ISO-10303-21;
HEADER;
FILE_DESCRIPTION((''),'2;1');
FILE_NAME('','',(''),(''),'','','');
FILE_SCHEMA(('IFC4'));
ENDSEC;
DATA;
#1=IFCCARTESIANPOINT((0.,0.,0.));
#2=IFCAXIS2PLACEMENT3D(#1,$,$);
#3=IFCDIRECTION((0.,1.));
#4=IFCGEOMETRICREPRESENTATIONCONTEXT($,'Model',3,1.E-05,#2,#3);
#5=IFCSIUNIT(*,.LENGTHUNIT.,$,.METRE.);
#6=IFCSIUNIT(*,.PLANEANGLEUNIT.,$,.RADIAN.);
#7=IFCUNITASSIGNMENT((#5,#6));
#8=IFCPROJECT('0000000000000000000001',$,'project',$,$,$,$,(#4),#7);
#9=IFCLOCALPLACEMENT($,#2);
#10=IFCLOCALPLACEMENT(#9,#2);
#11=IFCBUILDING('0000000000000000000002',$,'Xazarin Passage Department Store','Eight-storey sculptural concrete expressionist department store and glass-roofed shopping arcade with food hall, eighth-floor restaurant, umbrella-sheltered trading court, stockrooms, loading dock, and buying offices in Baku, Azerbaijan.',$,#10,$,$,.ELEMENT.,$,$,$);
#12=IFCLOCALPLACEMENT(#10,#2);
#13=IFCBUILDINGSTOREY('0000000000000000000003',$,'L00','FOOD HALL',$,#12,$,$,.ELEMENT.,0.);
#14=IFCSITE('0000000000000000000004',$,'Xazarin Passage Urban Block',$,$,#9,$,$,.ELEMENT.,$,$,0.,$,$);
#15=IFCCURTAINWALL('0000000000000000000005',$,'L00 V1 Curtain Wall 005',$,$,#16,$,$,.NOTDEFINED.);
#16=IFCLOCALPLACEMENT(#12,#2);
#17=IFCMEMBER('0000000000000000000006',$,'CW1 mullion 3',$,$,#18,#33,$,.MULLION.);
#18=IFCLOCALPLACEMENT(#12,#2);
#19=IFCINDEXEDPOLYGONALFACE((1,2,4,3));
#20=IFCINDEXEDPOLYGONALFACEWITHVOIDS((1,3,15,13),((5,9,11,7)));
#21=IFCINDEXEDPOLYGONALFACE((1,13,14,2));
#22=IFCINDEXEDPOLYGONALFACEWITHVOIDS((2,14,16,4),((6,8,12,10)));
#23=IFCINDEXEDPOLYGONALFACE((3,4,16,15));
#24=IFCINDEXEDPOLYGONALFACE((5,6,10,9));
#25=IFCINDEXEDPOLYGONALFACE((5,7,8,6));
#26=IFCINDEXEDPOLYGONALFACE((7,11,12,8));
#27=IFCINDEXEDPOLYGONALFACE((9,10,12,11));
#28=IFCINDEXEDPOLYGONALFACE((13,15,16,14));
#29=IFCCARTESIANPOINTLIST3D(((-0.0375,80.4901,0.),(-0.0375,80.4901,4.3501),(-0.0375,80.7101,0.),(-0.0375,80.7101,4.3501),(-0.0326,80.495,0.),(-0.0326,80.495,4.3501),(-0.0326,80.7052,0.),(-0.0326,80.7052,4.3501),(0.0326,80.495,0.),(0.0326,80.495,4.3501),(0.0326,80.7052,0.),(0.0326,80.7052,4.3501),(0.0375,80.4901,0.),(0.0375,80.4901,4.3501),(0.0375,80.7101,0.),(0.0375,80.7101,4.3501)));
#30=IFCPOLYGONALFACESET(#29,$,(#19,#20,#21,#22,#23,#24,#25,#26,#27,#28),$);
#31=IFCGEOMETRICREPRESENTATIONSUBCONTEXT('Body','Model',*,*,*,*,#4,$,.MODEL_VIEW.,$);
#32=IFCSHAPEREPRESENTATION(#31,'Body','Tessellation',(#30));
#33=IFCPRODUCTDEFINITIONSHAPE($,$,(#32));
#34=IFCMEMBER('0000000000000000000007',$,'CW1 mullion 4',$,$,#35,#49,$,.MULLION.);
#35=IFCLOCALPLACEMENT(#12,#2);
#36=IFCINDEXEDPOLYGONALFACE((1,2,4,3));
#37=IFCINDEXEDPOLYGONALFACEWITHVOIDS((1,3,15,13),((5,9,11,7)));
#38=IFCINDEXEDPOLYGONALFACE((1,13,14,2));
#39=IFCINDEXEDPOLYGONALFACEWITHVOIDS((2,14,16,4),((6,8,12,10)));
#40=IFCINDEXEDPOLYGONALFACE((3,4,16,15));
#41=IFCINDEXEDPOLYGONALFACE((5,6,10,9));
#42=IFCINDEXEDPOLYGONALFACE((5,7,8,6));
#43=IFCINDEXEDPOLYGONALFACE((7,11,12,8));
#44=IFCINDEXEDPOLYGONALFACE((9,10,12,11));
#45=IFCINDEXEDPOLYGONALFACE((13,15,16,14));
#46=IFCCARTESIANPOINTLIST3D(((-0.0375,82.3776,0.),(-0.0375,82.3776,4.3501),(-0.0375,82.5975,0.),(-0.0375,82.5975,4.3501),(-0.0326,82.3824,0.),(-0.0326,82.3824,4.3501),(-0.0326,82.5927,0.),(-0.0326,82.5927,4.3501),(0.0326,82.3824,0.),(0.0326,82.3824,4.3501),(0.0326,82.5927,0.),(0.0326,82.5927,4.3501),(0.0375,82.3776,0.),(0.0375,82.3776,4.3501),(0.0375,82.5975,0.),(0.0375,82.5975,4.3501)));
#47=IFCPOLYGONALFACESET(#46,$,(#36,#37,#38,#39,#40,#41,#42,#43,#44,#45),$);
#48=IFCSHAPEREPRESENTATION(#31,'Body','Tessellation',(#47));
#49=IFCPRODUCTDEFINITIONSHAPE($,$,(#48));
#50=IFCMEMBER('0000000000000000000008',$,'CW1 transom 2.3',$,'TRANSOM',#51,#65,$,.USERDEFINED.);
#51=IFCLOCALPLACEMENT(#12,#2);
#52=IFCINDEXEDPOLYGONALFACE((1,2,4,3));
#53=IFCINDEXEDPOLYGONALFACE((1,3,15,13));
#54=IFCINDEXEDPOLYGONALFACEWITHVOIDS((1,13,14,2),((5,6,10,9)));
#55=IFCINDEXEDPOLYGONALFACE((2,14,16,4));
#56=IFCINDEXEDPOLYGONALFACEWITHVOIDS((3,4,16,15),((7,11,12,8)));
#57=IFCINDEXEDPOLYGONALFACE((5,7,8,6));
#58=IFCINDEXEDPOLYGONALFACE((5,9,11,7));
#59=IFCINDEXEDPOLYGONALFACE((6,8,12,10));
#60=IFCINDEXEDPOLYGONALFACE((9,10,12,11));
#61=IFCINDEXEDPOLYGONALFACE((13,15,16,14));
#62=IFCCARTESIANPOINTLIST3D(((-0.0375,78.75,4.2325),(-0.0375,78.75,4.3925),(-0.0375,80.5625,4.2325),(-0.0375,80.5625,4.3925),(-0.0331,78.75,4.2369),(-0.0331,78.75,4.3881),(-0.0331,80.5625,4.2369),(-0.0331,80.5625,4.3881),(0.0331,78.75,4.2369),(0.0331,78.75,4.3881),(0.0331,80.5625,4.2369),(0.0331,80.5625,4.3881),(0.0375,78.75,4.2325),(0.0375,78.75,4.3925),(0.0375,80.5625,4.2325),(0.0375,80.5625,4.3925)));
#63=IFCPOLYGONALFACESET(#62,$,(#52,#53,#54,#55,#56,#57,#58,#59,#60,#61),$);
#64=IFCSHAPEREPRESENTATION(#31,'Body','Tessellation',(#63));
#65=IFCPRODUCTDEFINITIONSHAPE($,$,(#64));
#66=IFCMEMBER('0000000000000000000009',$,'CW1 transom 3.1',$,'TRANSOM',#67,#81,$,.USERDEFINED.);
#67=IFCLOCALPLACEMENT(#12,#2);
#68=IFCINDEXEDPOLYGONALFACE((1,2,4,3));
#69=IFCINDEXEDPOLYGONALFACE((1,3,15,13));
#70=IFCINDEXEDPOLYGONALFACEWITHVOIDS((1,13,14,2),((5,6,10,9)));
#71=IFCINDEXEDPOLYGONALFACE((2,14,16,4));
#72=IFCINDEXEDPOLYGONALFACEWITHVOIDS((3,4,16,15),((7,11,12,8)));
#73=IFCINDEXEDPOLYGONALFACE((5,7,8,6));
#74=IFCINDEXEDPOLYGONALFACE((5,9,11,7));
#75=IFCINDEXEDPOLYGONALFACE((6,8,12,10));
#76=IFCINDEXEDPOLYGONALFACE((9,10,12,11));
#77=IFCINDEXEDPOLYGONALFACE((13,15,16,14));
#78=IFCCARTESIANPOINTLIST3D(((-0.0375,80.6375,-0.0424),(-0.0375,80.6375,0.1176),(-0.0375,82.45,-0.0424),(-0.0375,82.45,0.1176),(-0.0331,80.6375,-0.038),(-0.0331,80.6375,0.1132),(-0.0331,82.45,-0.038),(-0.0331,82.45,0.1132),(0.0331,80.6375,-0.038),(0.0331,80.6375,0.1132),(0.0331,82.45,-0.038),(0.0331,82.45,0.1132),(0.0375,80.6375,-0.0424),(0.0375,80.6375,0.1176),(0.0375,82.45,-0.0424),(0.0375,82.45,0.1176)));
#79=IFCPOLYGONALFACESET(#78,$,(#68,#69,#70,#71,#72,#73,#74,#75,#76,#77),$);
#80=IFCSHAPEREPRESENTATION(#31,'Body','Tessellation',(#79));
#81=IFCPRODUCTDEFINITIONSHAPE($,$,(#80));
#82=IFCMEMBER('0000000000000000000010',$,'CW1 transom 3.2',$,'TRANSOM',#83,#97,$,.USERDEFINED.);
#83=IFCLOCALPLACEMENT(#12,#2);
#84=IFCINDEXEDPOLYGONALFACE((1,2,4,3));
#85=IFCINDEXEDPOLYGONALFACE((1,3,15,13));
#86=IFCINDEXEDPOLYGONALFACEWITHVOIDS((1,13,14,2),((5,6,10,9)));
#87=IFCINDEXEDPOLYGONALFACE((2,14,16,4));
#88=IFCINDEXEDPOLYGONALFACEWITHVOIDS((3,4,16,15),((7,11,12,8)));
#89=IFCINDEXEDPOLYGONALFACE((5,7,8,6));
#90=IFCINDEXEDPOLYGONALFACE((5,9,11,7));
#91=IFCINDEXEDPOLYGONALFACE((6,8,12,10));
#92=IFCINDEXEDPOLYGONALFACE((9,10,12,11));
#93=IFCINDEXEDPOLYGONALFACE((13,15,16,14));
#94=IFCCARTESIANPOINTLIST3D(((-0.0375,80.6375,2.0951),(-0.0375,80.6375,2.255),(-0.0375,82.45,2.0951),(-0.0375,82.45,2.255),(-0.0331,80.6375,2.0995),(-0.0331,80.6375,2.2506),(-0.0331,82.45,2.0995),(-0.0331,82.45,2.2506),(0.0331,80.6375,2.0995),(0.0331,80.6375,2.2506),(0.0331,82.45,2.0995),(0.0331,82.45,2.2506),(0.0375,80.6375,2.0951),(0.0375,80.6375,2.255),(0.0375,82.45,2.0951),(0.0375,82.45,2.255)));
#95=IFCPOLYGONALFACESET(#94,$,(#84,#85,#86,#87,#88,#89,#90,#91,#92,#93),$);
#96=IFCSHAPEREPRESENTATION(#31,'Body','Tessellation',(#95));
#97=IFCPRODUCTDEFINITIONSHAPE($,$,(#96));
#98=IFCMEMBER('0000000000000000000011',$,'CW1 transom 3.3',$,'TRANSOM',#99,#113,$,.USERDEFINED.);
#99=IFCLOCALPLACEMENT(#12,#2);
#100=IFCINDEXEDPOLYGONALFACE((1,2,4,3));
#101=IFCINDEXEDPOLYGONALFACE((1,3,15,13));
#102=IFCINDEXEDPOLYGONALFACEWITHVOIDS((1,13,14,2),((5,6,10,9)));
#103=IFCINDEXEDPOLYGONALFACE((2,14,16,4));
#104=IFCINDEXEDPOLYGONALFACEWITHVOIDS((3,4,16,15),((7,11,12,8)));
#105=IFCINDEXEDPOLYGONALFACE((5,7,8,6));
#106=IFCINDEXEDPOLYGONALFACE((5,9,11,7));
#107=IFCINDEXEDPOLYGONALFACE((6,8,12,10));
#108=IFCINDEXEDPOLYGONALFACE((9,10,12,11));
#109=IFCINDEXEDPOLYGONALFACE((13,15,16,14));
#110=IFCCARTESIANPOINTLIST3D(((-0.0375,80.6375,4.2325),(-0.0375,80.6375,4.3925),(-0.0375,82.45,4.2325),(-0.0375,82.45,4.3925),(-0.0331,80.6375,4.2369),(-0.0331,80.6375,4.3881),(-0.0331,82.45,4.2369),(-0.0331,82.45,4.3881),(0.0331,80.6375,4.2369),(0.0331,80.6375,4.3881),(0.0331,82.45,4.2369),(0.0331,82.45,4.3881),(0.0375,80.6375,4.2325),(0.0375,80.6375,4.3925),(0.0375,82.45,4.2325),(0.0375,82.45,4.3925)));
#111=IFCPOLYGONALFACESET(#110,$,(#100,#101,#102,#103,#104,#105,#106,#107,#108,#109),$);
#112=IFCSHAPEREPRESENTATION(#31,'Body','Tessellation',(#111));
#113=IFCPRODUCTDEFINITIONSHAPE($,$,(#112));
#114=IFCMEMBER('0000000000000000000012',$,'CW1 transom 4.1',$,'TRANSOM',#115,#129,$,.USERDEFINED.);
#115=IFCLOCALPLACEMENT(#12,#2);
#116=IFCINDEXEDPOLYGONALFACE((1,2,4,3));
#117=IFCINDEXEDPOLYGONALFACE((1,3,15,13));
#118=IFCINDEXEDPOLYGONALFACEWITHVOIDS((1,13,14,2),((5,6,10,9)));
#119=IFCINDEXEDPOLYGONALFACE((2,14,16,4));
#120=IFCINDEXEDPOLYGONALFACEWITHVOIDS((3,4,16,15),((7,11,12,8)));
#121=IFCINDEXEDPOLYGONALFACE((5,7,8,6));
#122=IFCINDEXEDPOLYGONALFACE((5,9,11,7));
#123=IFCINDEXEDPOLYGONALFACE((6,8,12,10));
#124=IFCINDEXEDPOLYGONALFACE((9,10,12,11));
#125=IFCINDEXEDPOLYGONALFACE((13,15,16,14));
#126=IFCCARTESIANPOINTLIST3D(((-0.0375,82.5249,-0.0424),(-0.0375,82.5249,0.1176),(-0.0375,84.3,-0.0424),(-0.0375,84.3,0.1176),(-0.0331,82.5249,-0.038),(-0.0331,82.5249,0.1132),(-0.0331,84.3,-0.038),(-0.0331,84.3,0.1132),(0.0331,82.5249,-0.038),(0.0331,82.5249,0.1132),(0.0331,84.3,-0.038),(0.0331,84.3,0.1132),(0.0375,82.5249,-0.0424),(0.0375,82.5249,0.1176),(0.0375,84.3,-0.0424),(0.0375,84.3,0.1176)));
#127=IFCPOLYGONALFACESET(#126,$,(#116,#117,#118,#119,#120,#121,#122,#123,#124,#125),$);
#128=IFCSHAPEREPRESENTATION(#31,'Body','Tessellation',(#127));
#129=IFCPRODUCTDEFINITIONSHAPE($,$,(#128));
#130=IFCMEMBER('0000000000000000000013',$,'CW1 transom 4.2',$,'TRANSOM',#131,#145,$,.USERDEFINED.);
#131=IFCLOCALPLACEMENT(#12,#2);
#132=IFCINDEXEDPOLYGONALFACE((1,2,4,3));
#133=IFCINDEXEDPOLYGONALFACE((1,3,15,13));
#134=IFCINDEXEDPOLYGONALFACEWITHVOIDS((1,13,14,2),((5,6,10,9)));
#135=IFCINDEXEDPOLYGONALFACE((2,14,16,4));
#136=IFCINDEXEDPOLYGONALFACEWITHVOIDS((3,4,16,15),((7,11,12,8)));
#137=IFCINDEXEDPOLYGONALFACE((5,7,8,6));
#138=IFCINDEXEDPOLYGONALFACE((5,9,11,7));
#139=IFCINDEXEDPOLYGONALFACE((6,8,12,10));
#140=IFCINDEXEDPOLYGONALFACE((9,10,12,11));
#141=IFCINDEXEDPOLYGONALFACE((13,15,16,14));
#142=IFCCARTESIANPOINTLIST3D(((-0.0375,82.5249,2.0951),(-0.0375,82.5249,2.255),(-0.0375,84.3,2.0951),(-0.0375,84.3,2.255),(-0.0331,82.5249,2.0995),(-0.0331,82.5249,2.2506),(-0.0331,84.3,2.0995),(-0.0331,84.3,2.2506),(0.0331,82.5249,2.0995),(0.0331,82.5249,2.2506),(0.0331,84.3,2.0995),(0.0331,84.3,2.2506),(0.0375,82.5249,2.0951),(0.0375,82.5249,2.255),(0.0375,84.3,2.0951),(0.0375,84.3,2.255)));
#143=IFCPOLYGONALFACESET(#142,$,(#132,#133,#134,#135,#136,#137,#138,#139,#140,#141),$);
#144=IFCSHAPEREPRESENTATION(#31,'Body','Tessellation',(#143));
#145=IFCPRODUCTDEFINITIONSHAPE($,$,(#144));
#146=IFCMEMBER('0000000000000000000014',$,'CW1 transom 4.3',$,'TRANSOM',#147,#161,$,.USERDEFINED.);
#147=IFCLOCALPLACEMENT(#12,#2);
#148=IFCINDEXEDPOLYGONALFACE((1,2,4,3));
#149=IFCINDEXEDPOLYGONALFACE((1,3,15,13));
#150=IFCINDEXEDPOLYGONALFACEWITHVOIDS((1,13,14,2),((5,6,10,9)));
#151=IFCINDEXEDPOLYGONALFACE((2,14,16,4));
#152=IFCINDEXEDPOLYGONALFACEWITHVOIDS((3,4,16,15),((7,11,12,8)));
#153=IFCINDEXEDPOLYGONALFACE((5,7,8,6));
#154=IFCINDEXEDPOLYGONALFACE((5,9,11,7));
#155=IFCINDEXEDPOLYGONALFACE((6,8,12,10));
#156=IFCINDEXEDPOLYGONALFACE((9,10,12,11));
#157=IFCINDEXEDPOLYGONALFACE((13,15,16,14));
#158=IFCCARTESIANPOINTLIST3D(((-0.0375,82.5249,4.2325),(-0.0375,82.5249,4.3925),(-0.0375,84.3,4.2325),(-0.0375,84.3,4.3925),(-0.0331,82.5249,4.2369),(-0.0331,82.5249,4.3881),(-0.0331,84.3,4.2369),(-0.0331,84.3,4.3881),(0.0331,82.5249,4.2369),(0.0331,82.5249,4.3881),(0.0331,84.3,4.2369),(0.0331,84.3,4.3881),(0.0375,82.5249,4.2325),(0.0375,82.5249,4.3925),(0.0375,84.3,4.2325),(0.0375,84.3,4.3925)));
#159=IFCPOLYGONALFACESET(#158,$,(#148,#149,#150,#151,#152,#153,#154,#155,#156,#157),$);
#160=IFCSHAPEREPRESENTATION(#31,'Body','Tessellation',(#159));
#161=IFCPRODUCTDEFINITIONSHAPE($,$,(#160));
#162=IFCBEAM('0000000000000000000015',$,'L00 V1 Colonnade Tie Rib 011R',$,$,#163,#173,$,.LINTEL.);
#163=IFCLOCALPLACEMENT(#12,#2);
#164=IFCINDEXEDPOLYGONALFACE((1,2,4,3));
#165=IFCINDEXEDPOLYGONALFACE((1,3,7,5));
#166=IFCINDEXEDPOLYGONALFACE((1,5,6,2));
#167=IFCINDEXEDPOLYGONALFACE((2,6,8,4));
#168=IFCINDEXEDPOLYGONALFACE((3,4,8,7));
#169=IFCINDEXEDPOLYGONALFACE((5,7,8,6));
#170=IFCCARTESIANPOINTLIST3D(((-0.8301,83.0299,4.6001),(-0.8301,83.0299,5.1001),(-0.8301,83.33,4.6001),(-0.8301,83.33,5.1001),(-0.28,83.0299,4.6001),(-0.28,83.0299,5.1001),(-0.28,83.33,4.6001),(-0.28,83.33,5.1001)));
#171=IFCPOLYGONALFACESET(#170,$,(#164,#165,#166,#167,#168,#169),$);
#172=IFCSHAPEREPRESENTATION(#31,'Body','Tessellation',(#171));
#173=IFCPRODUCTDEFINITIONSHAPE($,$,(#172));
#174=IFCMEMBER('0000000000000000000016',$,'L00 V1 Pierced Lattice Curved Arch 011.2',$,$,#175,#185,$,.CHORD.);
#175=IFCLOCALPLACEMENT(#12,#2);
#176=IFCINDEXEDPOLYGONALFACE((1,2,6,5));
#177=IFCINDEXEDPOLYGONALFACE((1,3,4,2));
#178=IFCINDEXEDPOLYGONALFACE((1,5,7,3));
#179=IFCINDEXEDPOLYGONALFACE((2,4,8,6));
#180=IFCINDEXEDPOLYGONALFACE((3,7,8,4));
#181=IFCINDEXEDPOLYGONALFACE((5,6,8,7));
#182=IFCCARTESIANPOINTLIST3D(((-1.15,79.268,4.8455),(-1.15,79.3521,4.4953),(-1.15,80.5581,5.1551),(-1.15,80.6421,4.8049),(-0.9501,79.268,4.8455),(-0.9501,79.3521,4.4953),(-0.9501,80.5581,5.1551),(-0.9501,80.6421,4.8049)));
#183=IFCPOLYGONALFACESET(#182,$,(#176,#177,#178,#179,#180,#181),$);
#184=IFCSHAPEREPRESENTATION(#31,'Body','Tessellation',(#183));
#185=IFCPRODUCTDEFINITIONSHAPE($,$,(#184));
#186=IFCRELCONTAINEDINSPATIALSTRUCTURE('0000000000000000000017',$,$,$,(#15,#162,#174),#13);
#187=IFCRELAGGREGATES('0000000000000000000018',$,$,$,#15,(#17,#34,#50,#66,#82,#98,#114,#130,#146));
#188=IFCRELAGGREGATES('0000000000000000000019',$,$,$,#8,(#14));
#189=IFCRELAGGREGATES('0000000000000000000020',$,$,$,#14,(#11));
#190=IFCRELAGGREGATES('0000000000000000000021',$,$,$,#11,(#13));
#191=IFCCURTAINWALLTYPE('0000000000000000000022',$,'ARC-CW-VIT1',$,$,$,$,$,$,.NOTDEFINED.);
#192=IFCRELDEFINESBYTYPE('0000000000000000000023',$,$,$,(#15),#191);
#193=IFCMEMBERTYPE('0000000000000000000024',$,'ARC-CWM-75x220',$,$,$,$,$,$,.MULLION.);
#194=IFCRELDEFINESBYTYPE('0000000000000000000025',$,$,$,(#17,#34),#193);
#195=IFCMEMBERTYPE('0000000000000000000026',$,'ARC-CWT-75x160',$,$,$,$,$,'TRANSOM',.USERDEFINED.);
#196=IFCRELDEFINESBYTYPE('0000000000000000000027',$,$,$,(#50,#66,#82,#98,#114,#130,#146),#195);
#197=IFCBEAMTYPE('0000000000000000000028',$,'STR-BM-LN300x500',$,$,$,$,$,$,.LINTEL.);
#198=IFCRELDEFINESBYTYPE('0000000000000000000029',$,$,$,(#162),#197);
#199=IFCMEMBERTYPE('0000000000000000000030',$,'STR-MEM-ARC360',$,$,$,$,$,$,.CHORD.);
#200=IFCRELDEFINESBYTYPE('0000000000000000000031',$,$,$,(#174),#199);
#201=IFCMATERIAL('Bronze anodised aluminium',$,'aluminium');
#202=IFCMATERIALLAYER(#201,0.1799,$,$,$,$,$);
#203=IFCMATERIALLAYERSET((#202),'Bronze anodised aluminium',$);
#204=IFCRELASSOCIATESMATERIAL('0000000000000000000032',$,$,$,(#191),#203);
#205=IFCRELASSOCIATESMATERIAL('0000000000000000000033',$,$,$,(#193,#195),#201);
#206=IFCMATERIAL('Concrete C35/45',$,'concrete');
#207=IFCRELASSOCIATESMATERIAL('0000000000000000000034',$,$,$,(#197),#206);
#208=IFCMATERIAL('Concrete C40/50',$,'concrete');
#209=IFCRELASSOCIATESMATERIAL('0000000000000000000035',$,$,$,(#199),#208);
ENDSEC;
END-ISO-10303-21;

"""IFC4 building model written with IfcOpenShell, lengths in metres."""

from ifc_helpers import new_model, si_unit, direction, frame, origin, origin_2d, place, context, subcontext, project, spatial, rectangle, hollow_rectangle, extrude, material, layer, layer_set, material_profile, profile_set, type_object, element, aggregate, save


model = new_model("IFC4")

# Units and contexts
model_context = context("Model", 3, precision=1e-05, world=origin(), true_north=direction((0.0, 1.0)))
body_context = subcontext(model_context, "Body", "Model", "MODEL_VIEW")
ifc_project = project(units=[si_unit("LENGTHUNIT", "METRE"), si_unit("PLANEANGLEUNIT", "RADIAN")], contexts=[model_context])

# Site, building, storey
site_placement = place(None, origin())
site = spatial("IfcSite", under=ifc_project, at=site_placement, Name="Xazarin Passage Urban Block", CompositionType="ELEMENT", RefElevation=0.0)
building_placement = place(site_placement, origin())
building = spatial("IfcBuilding", under=site, at=building_placement, Name="Xazarin Passage Department Store", Description="Eight-storey sculptural concrete expressionist department store and glass-roofed shopping arcade with food hall, eighth-floor restaurant, umbrella-sheltered trading court, stockrooms, loading dock, and buying offices in Baku, Azerbaijan.", CompositionType="ELEMENT")
storey_placement = place(building_placement, origin())
storey = spatial("IfcBuildingStorey", under=building, at=storey_placement, Name="L00", Description="FOOD HALL", CompositionType="ELEMENT", Elevation=0.0)

# Shared definitions
ifc_material_1 = material(Name="Concrete C35/45", Category="concrete")

# Shared definitions
ifc_material_2 = material(Name="Concrete C40/50", Category="concrete")

# Curtain wall, members
ifc_material_3 = material(Name="Bronze anodised aluminium", Category="aluminium")
ifc_layer_1 = layer(ifc_material_3, 0.1799)
ifc_layer_set_1 = layer_set([ifc_layer_1], Name="Bronze anodised aluminium")
curtain_wall_type = type_object("IfcCurtainWallType", Name="ARC-CW-VIT1", PredefinedType="NOTDEFINED", material=ifc_layer_set_1)
curtain_wall_placement = place(storey_placement, origin())
curtain_wall = element("IfcCurtainWall", 1, at=curtain_wall_placement, inside=storey, type_object=curtain_wall_type, Name="L00 V1 Curtain Wall 005", PredefinedType="NOTDEFINED")
ifc_material_profile_1 = material_profile(ifc_material_3, hollow_rectangle(XDim=0.075, YDim=0.22, WallThickness=0.0049, at=origin_2d()), Name="ALU 75x220")
ifc_profile_set_1 = profile_set([ifc_material_profile_1], Name="Bronze anodised aluminium")
member_type_1 = type_object("IfcMemberType", Name="ARC-CWM-75x220", PredefinedType="MULLION", material=ifc_profile_set_1)
member_1_placement = place(storey_placement, frame((0.0, 80.6001, 0.0), z_axis=(0.0, 0.0, 1.0), x_axis=(-1.0, 0.0, 0.0)))
member_1 = element("IfcMember", 2, at=member_1_placement, type_object=member_type_1, Name="CW1 mullion 3", PredefinedType="MULLION", context=body_context, shape_type="SweptSolid", body=[
    extrude(hollow_rectangle(XDim=0.075, YDim=0.22, WallThickness=0.0049, at=origin_2d()), origin(), (0.0, 0.0, 1.0), 4.3501),
])
member_2_placement = place(storey_placement, frame((0.0, 82.4875, 0.0), z_axis=(0.0, 0.0, 1.0), x_axis=(-1.0, 0.0, 0.0)))
member_2 = element("IfcMember", 3, at=member_2_placement, type_object=member_type_1, Name="CW1 mullion 4", PredefinedType="MULLION", context=body_context, shape_type="SweptSolid", body=[
    extrude(hollow_rectangle(XDim=0.075, YDim=0.22, WallThickness=0.0049, at=origin_2d()), origin(), (0.0, 0.0, 1.0), 4.3501),
])
ifc_material_profile_2 = material_profile(ifc_material_3, hollow_rectangle(XDim=0.075, YDim=0.1599, WallThickness=0.0044, at=origin_2d()), Name="ALU 75x160")
ifc_profile_set_2 = profile_set([ifc_material_profile_2], Name="Bronze anodised aluminium")
member_type_2 = type_object("IfcMemberType", Name="ARC-CWT-75x160", ElementType="TRANSOM", PredefinedType="USERDEFINED", material=ifc_profile_set_2)
member_3_placement = place(storey_placement, frame((0.0, 78.75, 4.3125), z_axis=(0.0, 1.0, 0.0), x_axis=(-1.0, 0.0, 0.0)))
member_3 = element("IfcMember", 4, at=member_3_placement, type_object=member_type_2, Name="CW1 transom 2.3", ObjectType="TRANSOM", PredefinedType="USERDEFINED", context=body_context, shape_type="SweptSolid", body=[
    extrude(hollow_rectangle(XDim=0.075, YDim=0.1599, WallThickness=0.0044, at=origin_2d()), origin(), (0.0, 0.0, 1.0), 1.8125),
])
member_4_placement = place(storey_placement, frame((0.0, 80.6375, 0.0376), z_axis=(0.0, 1.0, 0.0), x_axis=(-1.0, 0.0, 0.0)))
member_4 = element("IfcMember", 5, at=member_4_placement, type_object=member_type_2, Name="CW1 transom 3.1", ObjectType="TRANSOM", PredefinedType="USERDEFINED", context=body_context, shape_type="SweptSolid", body=[
    extrude(hollow_rectangle(XDim=0.075, YDim=0.1599, WallThickness=0.0044, at=origin_2d()), origin(), (0.0, 0.0, 1.0), 1.8125),
])
member_5_placement = place(storey_placement, frame((0.0, 80.6375, 2.175), z_axis=(0.0, 1.0, 0.0), x_axis=(-1.0, 0.0, 0.0)))
member_5 = element("IfcMember", 6, at=member_5_placement, type_object=member_type_2, Name="CW1 transom 3.2", ObjectType="TRANSOM", PredefinedType="USERDEFINED", context=body_context, shape_type="SweptSolid", body=[
    extrude(hollow_rectangle(XDim=0.075, YDim=0.1599, WallThickness=0.0044, at=origin_2d()), origin(), (0.0, 0.0, 1.0), 1.8125),
])
member_6_placement = place(storey_placement, frame((0.0, 80.6375, 4.3125), z_axis=(0.0, 1.0, 0.0), x_axis=(-1.0, 0.0, 0.0)))
member_6 = element("IfcMember", 7, at=member_6_placement, type_object=member_type_2, Name="CW1 transom 3.3", ObjectType="TRANSOM", PredefinedType="USERDEFINED", context=body_context, shape_type="SweptSolid", body=[
    extrude(hollow_rectangle(XDim=0.075, YDim=0.1599, WallThickness=0.0044, at=origin_2d()), origin(), (0.0, 0.0, 1.0), 1.8125),
])
member_7_placement = place(storey_placement, frame((0.0, 82.5249, 0.0376), z_axis=(0.0, 1.0, 0.0), x_axis=(-1.0, 0.0, 0.0)))
member_7 = element("IfcMember", 8, at=member_7_placement, type_object=member_type_2, Name="CW1 transom 4.1", ObjectType="TRANSOM", PredefinedType="USERDEFINED", context=body_context, shape_type="SweptSolid", body=[
    extrude(hollow_rectangle(XDim=0.075, YDim=0.1599, WallThickness=0.0044, at=origin_2d()), origin(), (0.0, 0.0, 1.0), 1.7751),
])
member_8_placement = place(storey_placement, frame((0.0, 82.5249, 2.175), z_axis=(0.0, 1.0, 0.0), x_axis=(-1.0, 0.0, 0.0)))
member_8 = element("IfcMember", 9, at=member_8_placement, type_object=member_type_2, Name="CW1 transom 4.2", ObjectType="TRANSOM", PredefinedType="USERDEFINED", context=body_context, shape_type="SweptSolid", body=[
    extrude(hollow_rectangle(XDim=0.075, YDim=0.1599, WallThickness=0.0044, at=origin_2d()), origin(), (0.0, 0.0, 1.0), 1.7751),
])
member_9_placement = place(storey_placement, frame((0.0, 82.5249, 4.3125), z_axis=(0.0, 1.0, 0.0), x_axis=(-1.0, 0.0, 0.0)))
member_9 = element("IfcMember", 10, at=member_9_placement, type_object=member_type_2, Name="CW1 transom 4.3", ObjectType="TRANSOM", PredefinedType="USERDEFINED", context=body_context, shape_type="SweptSolid", body=[
    extrude(hollow_rectangle(XDim=0.075, YDim=0.1599, WallThickness=0.0044, at=origin_2d()), origin(), (0.0, 0.0, 1.0), 1.7751),
])

# Beam
ifc_material_profile_3 = material_profile(ifc_material_1, rectangle(XDim=0.3, YDim=0.5, at=origin_2d()), Name="RC 300x500")
ifc_profile_set_3 = profile_set([ifc_material_profile_3], Name="Concrete C35/45")
beam_type = type_object("IfcBeamType", Name="STR-BM-LN300x500", PredefinedType="LINTEL", material=ifc_profile_set_3)
beam_placement = place(storey_placement, frame((-0.28, 83.1799, 4.8501), z_axis=(-1.0, 0.0, 0.0), x_axis=(0.0, -1.0, 0.0)))
element("IfcBeam", 11, at=beam_placement, inside=storey, type_object=beam_type, Name="L00 V1 Colonnade Tie Rib 011R", PredefinedType="LINTEL", context=body_context, shape_type="SweptSolid", body=[
    extrude(rectangle(XDim=0.3, YDim=0.5, at=origin_2d()), origin(), (0.0, 0.0, 1.0), 0.55),
])

# Member
ifc_material_profile_4 = material_profile(ifc_material_2, rectangle(XDim=0.2, YDim=0.3601, at=origin_2d()), Name="RC 200x360")
ifc_profile_set_4 = profile_set([ifc_material_profile_4], Name="Concrete C40/50")
member_type_3 = type_object("IfcMemberType", Name="STR-MEM-ARC360", PredefinedType="CHORD", material=ifc_profile_set_4)
member_10_placement = place(storey_placement, frame((-1.05, 79.3101, 4.6704), z_axis=(0.0, 0.972394, 0.233345), x_axis=(-1.0, 0.0, 0.0)))
element("IfcMember", 12, at=member_10_placement, inside=storey, type_object=member_type_3, Name="L00 V1 Pierced Lattice Curved Arch 011.2", PredefinedType="CHORD", context=body_context, shape_type="SweptSolid", body=[
    extrude(rectangle(XDim=0.2, YDim=0.3601, at=origin_2d()), origin(), (0.0, 0.0, 1.0), 1.3267),
])

aggregate(curtain_wall, [member_1, member_2, member_3, member_4, member_5, member_6, member_7, member_8, member_9])

save(model, "model.ifc")
